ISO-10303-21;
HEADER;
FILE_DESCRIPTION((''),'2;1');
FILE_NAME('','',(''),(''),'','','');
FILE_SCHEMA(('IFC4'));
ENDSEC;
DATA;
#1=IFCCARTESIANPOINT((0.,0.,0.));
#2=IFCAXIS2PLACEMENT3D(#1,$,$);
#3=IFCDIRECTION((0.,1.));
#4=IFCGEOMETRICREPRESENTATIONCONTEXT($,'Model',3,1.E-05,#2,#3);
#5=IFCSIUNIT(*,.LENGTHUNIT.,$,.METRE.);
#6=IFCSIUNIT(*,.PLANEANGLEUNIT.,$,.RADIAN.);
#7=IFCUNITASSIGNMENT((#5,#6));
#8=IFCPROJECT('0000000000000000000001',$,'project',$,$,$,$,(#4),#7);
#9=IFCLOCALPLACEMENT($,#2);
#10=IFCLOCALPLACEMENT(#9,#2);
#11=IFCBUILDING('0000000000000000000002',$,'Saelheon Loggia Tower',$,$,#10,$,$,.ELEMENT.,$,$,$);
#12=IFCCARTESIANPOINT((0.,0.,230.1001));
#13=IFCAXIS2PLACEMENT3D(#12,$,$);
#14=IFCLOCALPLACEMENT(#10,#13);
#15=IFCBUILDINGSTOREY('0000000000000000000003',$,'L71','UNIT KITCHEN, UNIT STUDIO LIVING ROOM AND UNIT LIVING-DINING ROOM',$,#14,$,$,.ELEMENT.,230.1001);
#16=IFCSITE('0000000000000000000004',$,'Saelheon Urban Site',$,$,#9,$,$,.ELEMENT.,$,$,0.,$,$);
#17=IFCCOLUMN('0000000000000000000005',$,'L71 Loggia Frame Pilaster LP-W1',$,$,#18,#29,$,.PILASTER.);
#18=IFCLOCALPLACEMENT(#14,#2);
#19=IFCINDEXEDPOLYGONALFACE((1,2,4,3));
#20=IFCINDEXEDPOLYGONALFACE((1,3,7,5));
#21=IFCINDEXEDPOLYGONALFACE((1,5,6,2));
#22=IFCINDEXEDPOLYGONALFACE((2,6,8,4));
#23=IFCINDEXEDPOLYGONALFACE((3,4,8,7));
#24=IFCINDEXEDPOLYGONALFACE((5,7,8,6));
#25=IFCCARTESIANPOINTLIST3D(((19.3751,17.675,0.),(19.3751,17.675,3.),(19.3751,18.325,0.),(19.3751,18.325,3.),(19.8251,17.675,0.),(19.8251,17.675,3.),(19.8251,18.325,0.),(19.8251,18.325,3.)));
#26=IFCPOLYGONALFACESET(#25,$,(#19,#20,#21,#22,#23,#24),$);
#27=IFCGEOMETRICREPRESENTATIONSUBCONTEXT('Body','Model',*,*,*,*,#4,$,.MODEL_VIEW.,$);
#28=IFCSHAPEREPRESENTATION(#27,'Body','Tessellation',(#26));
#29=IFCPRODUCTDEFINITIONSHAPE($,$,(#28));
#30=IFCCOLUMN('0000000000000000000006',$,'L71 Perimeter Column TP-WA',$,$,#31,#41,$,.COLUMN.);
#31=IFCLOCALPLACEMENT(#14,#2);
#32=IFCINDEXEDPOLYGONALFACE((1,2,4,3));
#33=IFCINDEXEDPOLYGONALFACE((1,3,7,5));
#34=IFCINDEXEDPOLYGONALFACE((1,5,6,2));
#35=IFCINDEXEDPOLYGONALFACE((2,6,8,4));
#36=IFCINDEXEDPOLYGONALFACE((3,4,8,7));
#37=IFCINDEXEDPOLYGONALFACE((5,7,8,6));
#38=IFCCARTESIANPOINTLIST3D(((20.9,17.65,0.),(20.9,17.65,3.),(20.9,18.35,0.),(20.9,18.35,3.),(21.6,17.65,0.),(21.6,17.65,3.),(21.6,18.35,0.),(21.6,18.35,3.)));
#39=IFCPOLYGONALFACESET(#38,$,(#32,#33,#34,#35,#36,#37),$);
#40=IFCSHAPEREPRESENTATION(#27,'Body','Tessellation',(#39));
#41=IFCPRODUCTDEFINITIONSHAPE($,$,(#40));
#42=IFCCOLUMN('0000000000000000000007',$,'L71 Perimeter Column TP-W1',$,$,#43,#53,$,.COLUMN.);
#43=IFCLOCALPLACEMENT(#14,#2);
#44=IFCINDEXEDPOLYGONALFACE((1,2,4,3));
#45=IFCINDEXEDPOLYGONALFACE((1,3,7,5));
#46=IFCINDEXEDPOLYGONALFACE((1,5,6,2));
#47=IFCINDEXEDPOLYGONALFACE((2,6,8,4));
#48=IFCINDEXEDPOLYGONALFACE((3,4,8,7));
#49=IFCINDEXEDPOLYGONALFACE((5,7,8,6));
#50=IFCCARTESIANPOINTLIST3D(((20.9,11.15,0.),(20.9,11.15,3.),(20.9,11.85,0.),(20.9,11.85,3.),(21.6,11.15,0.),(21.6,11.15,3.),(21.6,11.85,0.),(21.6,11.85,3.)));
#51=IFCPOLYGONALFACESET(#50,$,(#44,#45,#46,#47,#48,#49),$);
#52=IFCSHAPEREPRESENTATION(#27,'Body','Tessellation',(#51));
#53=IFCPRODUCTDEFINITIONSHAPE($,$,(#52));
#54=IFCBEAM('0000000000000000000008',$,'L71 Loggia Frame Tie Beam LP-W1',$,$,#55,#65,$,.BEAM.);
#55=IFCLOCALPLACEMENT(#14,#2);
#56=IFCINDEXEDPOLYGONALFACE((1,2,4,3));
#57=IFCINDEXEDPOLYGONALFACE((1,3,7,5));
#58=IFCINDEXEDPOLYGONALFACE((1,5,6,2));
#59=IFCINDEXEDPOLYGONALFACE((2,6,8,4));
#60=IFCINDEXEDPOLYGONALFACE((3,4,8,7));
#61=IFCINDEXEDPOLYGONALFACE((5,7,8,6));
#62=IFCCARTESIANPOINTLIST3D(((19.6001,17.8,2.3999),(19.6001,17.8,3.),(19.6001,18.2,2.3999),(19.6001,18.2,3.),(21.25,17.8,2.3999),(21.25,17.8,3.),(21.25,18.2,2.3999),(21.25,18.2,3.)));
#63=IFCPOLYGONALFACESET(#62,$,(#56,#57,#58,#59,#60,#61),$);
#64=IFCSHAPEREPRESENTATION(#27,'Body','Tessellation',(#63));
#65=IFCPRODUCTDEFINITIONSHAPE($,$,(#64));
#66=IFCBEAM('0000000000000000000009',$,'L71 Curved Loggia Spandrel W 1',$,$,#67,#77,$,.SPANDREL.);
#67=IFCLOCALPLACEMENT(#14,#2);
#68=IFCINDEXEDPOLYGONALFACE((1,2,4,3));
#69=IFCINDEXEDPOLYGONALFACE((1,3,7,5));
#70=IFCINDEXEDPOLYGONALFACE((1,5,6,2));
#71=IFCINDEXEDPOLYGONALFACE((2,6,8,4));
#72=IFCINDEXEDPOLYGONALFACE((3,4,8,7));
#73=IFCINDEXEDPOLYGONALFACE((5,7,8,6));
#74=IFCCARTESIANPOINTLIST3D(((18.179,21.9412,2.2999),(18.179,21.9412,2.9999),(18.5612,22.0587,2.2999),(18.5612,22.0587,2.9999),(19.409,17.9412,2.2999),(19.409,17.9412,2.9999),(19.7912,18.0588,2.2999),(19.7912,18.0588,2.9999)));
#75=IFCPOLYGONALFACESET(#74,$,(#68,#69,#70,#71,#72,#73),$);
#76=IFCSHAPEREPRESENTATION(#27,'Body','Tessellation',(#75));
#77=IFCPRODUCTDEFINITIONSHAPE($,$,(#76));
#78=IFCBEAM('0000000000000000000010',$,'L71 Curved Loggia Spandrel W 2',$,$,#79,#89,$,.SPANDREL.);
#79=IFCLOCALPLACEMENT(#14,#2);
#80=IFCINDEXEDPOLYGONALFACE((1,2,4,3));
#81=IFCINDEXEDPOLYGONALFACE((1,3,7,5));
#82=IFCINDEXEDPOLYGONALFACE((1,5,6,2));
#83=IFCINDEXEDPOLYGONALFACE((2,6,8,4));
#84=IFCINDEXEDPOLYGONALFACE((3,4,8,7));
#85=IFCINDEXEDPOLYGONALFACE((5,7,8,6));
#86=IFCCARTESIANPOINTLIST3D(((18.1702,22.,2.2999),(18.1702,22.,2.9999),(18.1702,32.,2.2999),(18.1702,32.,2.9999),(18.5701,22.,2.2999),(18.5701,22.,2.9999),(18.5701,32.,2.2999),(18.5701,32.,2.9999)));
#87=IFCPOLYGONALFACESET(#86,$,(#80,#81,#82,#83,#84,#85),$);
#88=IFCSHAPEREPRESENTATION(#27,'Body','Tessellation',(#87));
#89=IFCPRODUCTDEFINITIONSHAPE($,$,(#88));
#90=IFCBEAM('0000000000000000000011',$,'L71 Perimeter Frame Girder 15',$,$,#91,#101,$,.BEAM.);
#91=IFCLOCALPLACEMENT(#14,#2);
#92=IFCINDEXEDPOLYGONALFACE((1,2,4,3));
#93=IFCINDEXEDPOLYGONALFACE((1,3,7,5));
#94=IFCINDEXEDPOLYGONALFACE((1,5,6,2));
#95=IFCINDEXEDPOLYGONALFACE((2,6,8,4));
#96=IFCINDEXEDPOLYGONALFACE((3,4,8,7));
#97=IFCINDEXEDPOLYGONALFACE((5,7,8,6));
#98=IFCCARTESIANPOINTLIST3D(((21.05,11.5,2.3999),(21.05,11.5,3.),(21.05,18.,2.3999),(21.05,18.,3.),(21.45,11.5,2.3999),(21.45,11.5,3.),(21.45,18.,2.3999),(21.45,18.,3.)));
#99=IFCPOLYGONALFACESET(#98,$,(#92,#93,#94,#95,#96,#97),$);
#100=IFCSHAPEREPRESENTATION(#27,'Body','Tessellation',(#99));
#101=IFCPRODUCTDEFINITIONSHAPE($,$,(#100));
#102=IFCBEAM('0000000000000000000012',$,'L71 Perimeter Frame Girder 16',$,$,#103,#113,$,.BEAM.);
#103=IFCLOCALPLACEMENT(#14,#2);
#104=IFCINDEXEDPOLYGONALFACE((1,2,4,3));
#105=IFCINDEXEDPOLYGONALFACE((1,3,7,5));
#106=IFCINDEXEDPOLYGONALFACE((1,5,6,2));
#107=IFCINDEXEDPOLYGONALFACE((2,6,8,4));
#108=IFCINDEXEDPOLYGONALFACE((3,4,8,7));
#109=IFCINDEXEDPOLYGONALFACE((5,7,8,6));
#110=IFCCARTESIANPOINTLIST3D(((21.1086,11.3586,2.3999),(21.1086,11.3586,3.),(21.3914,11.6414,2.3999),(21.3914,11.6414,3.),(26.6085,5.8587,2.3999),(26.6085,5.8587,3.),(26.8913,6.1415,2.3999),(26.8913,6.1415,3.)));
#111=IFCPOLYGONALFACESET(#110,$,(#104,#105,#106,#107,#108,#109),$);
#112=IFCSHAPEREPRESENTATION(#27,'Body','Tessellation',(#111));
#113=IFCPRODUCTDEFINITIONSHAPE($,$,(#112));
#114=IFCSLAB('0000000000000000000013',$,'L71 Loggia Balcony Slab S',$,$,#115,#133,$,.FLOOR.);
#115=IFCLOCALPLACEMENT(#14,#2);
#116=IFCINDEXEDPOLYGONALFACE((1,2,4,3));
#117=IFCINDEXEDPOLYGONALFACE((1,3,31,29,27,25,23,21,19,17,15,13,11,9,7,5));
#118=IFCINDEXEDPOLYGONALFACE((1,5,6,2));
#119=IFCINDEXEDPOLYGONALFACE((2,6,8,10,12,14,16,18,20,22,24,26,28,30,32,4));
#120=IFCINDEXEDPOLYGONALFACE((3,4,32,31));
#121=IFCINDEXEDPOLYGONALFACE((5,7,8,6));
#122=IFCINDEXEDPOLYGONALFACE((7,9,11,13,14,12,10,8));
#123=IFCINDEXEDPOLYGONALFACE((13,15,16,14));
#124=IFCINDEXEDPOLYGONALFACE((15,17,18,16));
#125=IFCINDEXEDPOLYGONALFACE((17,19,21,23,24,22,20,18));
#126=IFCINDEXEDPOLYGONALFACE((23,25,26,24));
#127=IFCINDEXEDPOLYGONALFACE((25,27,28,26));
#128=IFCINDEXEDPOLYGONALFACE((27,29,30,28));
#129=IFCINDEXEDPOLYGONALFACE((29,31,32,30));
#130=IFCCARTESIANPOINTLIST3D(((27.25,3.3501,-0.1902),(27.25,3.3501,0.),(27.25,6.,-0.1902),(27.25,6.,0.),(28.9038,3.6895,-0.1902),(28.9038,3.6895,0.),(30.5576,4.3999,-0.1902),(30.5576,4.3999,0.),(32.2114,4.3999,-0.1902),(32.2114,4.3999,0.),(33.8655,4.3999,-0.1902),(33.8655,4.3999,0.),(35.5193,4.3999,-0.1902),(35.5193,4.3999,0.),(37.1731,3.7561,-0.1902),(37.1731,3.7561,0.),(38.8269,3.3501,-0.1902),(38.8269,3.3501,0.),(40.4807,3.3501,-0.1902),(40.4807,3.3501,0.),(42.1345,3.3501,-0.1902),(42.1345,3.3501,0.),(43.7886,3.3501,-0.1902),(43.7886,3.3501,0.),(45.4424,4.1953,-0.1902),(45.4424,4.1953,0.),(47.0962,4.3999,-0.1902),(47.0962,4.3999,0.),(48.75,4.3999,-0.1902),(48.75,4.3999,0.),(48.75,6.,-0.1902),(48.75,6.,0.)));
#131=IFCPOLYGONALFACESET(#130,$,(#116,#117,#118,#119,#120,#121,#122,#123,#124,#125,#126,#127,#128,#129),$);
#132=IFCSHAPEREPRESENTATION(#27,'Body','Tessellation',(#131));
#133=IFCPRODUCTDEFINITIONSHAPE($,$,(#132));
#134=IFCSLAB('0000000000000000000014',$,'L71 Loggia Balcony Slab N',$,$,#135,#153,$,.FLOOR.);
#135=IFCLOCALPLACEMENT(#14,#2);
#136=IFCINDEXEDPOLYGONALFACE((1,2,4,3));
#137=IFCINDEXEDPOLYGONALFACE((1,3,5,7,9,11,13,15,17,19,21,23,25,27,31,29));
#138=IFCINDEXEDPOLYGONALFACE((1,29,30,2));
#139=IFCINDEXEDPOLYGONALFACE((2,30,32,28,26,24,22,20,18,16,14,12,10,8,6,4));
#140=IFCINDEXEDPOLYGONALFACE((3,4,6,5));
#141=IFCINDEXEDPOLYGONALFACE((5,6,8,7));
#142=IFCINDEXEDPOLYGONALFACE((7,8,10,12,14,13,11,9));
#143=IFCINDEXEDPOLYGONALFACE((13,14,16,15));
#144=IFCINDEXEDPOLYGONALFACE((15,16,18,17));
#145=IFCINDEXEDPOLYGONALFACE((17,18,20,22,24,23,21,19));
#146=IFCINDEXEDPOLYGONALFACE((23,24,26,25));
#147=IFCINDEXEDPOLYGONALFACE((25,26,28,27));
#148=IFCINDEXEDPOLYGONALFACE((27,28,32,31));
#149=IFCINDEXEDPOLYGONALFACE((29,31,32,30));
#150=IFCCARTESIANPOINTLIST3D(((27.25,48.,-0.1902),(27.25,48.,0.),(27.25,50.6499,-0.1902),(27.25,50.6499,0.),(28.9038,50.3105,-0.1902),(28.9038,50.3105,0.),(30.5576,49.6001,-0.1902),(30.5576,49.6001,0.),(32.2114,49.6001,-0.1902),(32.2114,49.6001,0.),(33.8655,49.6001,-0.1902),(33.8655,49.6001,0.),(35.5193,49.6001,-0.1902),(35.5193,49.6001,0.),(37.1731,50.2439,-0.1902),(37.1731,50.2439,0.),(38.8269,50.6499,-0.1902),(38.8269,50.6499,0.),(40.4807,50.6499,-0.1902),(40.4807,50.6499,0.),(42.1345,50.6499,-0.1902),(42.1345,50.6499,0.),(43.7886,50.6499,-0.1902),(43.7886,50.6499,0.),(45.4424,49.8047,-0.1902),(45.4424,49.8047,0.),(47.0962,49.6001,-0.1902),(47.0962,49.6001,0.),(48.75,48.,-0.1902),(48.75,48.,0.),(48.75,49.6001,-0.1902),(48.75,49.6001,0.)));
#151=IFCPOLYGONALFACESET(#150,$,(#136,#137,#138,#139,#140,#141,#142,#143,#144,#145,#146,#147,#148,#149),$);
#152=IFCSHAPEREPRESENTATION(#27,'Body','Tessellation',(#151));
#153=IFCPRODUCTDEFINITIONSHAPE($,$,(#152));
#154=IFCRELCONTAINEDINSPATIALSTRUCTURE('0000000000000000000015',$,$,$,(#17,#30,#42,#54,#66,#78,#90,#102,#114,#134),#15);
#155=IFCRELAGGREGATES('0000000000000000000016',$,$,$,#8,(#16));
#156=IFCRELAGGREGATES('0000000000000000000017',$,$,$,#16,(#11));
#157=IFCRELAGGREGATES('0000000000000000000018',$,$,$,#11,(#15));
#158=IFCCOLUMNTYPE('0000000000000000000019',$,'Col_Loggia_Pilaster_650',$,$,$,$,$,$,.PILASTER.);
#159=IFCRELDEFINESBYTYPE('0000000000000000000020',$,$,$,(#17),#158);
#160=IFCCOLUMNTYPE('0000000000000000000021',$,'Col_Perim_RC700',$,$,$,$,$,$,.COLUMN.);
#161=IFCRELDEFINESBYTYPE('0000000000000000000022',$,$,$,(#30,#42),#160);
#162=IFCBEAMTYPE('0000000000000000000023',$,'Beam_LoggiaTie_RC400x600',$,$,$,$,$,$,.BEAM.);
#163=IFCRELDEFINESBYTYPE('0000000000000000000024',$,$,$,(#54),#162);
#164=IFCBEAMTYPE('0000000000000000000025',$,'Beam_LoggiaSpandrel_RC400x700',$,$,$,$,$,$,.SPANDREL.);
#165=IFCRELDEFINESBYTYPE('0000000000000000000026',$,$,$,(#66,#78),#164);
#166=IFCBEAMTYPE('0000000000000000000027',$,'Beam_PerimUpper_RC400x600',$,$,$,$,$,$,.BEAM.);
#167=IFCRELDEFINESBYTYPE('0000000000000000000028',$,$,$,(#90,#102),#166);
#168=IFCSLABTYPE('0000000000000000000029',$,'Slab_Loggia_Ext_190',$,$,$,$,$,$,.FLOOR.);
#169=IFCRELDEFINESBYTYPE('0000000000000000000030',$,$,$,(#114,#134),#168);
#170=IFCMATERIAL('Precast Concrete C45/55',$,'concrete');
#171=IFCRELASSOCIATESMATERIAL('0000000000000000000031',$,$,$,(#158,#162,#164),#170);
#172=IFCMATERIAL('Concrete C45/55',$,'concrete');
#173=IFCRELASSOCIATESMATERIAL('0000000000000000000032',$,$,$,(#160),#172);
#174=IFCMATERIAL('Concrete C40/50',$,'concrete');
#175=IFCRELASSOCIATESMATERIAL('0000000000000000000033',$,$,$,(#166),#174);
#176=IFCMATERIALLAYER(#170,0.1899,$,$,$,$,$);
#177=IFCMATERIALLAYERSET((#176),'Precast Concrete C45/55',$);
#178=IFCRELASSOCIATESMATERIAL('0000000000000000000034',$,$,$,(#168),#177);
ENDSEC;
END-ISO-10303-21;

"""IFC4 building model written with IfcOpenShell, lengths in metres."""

from ifc_helpers import new_model, si_unit, direction, frame, origin, origin_2d, place, context, subcontext, project, spatial, polyline, rectangle, outline, extrude, source, transform, mapped, material, layer, layer_set, material_profile, profile_set, type_object, element, save


model = new_model("IFC4")

# Units and contexts
model_context = context("Model", 3, precision=1e-05, world=origin(), true_north=direction((0.0, 1.0)))
body_context = subcontext(model_context, "Body", "Model", "MODEL_VIEW")
ifc_project = project(units=[si_unit("LENGTHUNIT", "METRE"), si_unit("PLANEANGLEUNIT", "RADIAN")], contexts=[model_context])

# Site, building, storey
site_placement = place(None, origin())
site = spatial("IfcSite", under=ifc_project, at=site_placement, Name="Saelheon Urban Site", CompositionType="ELEMENT", RefElevation=0.0)
building_placement = place(site_placement, origin())
building = spatial("IfcBuilding", under=site, at=building_placement, Name="Saelheon Loggia Tower", CompositionType="ELEMENT")
storey_placement = place(building_placement, frame((0.0, 0.0, 230.1001)))
storey = spatial("IfcBuildingStorey", under=building, at=storey_placement, Name="L71", Description="UNIT KITCHEN, UNIT STUDIO LIVING ROOM AND UNIT LIVING-DINING ROOM", CompositionType="ELEMENT", Elevation=230.1001)

# Columns
ifc_material_1 = material(Name="Precast Concrete C45/55", Category="concrete")
ifc_material_profile_1 = material_profile(ifc_material_1, rectangle(XDim=0.45, YDim=0.6499, at=origin_2d()), Name="RC-450x650")
ifc_profile_set_1 = profile_set([ifc_material_profile_1], Name="Precast Concrete C45/55")
column_type_1 = type_object("IfcColumnType", Name="Col_Loggia_Pilaster_650", PredefinedType="PILASTER", material=ifc_profile_set_1)
shared_shape_1 = source(origin(), body_context, "Body", "SweptSolid", [
    extrude(rectangle(XDim=0.45, YDim=0.6499, at=origin_2d()), origin(), (0.0, 0.0, 1.0), 3.0),
])
column_placement = place(storey_placement, frame((19.6001, 18.0, 0.0), z_axis=(0.0, 0.0, 1.0), x_axis=(1.0, 0.0, 0.0)))
element("IfcColumn", 1, at=column_placement, inside=storey, type_object=column_type_1, Name="L71 Loggia Frame Pilaster LP-W1", PredefinedType="PILASTER", context=body_context, shape_type="MappedRepresentation", body=[
    mapped(shared_shape_1, transform((0.0, 0.0, 0.0), scale=1.0)),
])
ifc_material_2 = material(Name="Concrete C45/55", Category="concrete")
ifc_material_profile_2 = material_profile(ifc_material_2, rectangle(XDim=0.7, YDim=0.7, at=origin_2d()), Name="RC-700x700")
ifc_profile_set_2 = profile_set([ifc_material_profile_2], Name="Concrete C45/55")
column_type_2 = type_object("IfcColumnType", Name="Col_Perim_RC700", PredefinedType="COLUMN", material=ifc_profile_set_2)
shared_shape_2 = source(origin(), body_context, "Body", "SweptSolid", [
    extrude(rectangle(XDim=0.7, YDim=0.7, at=origin_2d()), origin(), (0.0, 0.0, 1.0), 3.0),
])
for number, where, z_axis, x_axis, name in (
    (2, (21.25, 18.0, 0.0), (0.0, 0.0, 1.0), (1.0, 0.0, 0.0), "L71 Perimeter Column TP-WA"),
    (3, (21.25, 11.5, 0.0), (0.0, 0.0, 1.0), (1.0, 0.0, 0.0), "L71 Perimeter Column TP-W1"),
):
    element("IfcColumn", number, at=place(storey_placement, frame(where, z_axis=z_axis, x_axis=x_axis)), inside=storey, type_object=column_type_2, Name=name, PredefinedType="COLUMN", context=body_context, shape_type="MappedRepresentation", body=[
        mapped(shared_shape_2, transform((0.0, 0.0, 0.0), scale=1.0)),
    ])

# Beams
ifc_material_profile_3 = material_profile(ifc_material_1, rectangle(XDim=0.3999, YDim=0.6001, at=origin_2d()), Name="RC-400x600")
ifc_profile_set_3 = profile_set([ifc_material_profile_3], Name="Precast Concrete C45/55")
beam_type_1 = type_object("IfcBeamType", Name="Beam_LoggiaTie_RC400x600", PredefinedType="BEAM", material=ifc_profile_set_3)
shared_shape_3 = source(origin(), body_context, "Body", "SweptSolid", [
    extrude(rectangle(XDim=0.3999, YDim=0.6001, at=origin_2d()), origin(), (0.0, 0.0, 1.0), 1.6499),
])
beam_1_placement = place(storey_placement, frame((21.25, 18.0, 2.7), z_axis=(-1.0, 0.0, 0.0), x_axis=(0.0, -1.0, 0.0)))
element("IfcBeam", 4, at=beam_1_placement, inside=storey, type_object=beam_type_1, Name="L71 Loggia Frame Tie Beam LP-W1", PredefinedType="BEAM", context=body_context, shape_type="MappedRepresentation", body=[
    mapped(shared_shape_3, transform((0.0, 0.0, 0.0), scale=1.0)),
])
ifc_material_profile_4 = material_profile(ifc_material_1, rectangle(XDim=0.3999, YDim=0.7, at=origin_2d()), Name="RC-400x700")
ifc_profile_set_4 = profile_set([ifc_material_profile_4], Name="Precast Concrete C45/55")
beam_type_2 = type_object("IfcBeamType", Name="Beam_LoggiaSpandrel_RC400x700", PredefinedType="SPANDREL", material=ifc_profile_set_4)
shared_shape_4 = source(origin(), body_context, "Body", "SweptSolid", [
    extrude(rectangle(XDim=0.3999, YDim=0.7, at=origin_2d()), origin(), (0.0, 0.0, 1.0), 4.1848),
])
beam_2_placement = place(storey_placement, frame((19.6001, 18.0, 2.6499), z_axis=(-0.293914, 0.955832, 0.0), x_axis=(-0.955832, -0.293914, 0.0)))
element("IfcBeam", 5, at=beam_2_placement, inside=storey, type_object=beam_type_2, Name="L71 Curved Loggia Spandrel W 1", PredefinedType="SPANDREL", context=body_context, shape_type="MappedRepresentation", body=[
    mapped(shared_shape_4, transform((0.0, 0.0, 0.0), scale=1.0)),
])
shared_shape_5 = source(origin(), body_context, "Body", "SweptSolid", [
    extrude(rectangle(XDim=0.3999, YDim=0.7, at=origin_2d()), origin(), (0.0, 0.0, 1.0), 10.0),
])
beam_3_placement = place(storey_placement, frame((18.3701, 22.0, 2.6499), z_axis=(0.0, 1.0, 0.0), x_axis=(-1.0, 0.0, 0.0)))
element("IfcBeam", 6, at=beam_3_placement, inside=storey, type_object=beam_type_2, Name="L71 Curved Loggia Spandrel W 2", PredefinedType="SPANDREL", context=body_context, shape_type="MappedRepresentation", body=[
    mapped(shared_shape_5, transform((0.0, 0.0, 0.0), scale=1.0)),
])
ifc_material_3 = material(Name="Concrete C40/50", Category="concrete")
ifc_material_profile_5 = material_profile(ifc_material_3, rectangle(XDim=0.3999, YDim=0.6001, at=origin_2d()), Name="RC-400x600")
ifc_profile_set_5 = profile_set([ifc_material_profile_5], Name="Concrete C40/50")
beam_type_3 = type_object("IfcBeamType", Name="Beam_PerimUpper_RC400x600", PredefinedType="BEAM", material=ifc_profile_set_5)
shared_shape_6 = source(origin(), body_context, "Body", "SweptSolid", [
    extrude(rectangle(XDim=0.3999, YDim=0.6001, at=origin_2d()), origin(), (0.0, 0.0, 1.0), 6.5),
])
beam_4_placement = place(storey_placement, frame((21.25, 18.0, 2.7), z_axis=(0.0, -1.0, 0.0), x_axis=(1.0, 0.0, 0.0)))
element("IfcBeam", 7, at=beam_4_placement, inside=storey, type_object=beam_type_3, Name="L71 Perimeter Frame Girder 15", PredefinedType="BEAM", context=body_context, shape_type="MappedRepresentation", body=[
    mapped(shared_shape_6, transform((0.0, 0.0, 0.0), scale=1.0)),
])
shared_shape_7 = source(origin(), body_context, "Body", "SweptSolid", [
    extrude(rectangle(XDim=0.3999, YDim=0.6001, at=origin_2d()), origin(), (0.0, 0.0, 1.0), 7.7781),
])
beam_5_placement = place(storey_placement, frame((21.25, 11.5, 2.7), z_axis=(0.707107, -0.707107, 0.0), x_axis=(0.707107, 0.707107, 0.0)))
element("IfcBeam", 8, at=beam_5_placement, inside=storey, type_object=beam_type_3, Name="L71 Perimeter Frame Girder 16", PredefinedType="BEAM", context=body_context, shape_type="MappedRepresentation", body=[
    mapped(shared_shape_7, transform((0.0, 0.0, 0.0), scale=1.0)),
])

# Slabs
ifc_layer_1 = layer(ifc_material_1, 0.1899)
ifc_layer_set_1 = layer_set([ifc_layer_1], Name="Precast Concrete C45/55")
slab_type_1 = type_object("IfcSlabType", Name="Slab_Loggia_Ext_190", PredefinedType="FLOOR", material=ifc_layer_set_1)
slab_1_placement = place(storey_placement, frame((0.0, 0.0, -0.1902)))
element("IfcSlab", 9, at=slab_1_placement, inside=storey, type_object=slab_type_1, Name="L71 Loggia Balcony Slab S", PredefinedType="FLOOR", context=body_context, shape_type="SweptSolid", body=[
    extrude(outline(polyline([(27.25, 3.3501), (28.9038, 3.6895), (30.5576, 4.3999), (32.2114, 4.3999), (33.8655, 4.3999), (35.5193, 4.3999), (37.1731, 3.7561), (38.8269, 3.3501), (40.4807, 3.3501), (42.1345, 3.3501), (43.7886, 3.3501), (45.4424, 4.1953), (47.0962, 4.3999), (48.75, 4.3999), (48.75, 6.0), (27.25, 6.0), (27.25, 3.3501)])), origin(), (0.0, 0.0, 1.0), 0.1902),
])
slab_2_placement = place(storey_placement, frame((0.0, 0.0, -0.1902)))
element("IfcSlab", 10, at=slab_2_placement, inside=storey, type_object=slab_type_1, Name="L71 Loggia Balcony Slab N", PredefinedType="FLOOR", context=body_context, shape_type="SweptSolid", body=[
    extrude(outline(polyline([(27.25, 48.0), (48.75, 48.0), (48.75, 49.6001), (47.0962, 49.6001), (45.4424, 49.8047), (43.7886, 50.6499), (42.1345, 50.6499), (40.4807, 50.6499), (38.8269, 50.6499), (37.1731, 50.2439), (35.5193, 49.6001), (33.8655, 49.6001), (32.2114, 49.6001), (30.5576, 49.6001), (28.9038, 50.3105), (27.25, 50.6499), (27.25, 48.0)])), origin(), (0.0, 0.0, 1.0), 0.1902),
])

save(model, "model.ifc")
